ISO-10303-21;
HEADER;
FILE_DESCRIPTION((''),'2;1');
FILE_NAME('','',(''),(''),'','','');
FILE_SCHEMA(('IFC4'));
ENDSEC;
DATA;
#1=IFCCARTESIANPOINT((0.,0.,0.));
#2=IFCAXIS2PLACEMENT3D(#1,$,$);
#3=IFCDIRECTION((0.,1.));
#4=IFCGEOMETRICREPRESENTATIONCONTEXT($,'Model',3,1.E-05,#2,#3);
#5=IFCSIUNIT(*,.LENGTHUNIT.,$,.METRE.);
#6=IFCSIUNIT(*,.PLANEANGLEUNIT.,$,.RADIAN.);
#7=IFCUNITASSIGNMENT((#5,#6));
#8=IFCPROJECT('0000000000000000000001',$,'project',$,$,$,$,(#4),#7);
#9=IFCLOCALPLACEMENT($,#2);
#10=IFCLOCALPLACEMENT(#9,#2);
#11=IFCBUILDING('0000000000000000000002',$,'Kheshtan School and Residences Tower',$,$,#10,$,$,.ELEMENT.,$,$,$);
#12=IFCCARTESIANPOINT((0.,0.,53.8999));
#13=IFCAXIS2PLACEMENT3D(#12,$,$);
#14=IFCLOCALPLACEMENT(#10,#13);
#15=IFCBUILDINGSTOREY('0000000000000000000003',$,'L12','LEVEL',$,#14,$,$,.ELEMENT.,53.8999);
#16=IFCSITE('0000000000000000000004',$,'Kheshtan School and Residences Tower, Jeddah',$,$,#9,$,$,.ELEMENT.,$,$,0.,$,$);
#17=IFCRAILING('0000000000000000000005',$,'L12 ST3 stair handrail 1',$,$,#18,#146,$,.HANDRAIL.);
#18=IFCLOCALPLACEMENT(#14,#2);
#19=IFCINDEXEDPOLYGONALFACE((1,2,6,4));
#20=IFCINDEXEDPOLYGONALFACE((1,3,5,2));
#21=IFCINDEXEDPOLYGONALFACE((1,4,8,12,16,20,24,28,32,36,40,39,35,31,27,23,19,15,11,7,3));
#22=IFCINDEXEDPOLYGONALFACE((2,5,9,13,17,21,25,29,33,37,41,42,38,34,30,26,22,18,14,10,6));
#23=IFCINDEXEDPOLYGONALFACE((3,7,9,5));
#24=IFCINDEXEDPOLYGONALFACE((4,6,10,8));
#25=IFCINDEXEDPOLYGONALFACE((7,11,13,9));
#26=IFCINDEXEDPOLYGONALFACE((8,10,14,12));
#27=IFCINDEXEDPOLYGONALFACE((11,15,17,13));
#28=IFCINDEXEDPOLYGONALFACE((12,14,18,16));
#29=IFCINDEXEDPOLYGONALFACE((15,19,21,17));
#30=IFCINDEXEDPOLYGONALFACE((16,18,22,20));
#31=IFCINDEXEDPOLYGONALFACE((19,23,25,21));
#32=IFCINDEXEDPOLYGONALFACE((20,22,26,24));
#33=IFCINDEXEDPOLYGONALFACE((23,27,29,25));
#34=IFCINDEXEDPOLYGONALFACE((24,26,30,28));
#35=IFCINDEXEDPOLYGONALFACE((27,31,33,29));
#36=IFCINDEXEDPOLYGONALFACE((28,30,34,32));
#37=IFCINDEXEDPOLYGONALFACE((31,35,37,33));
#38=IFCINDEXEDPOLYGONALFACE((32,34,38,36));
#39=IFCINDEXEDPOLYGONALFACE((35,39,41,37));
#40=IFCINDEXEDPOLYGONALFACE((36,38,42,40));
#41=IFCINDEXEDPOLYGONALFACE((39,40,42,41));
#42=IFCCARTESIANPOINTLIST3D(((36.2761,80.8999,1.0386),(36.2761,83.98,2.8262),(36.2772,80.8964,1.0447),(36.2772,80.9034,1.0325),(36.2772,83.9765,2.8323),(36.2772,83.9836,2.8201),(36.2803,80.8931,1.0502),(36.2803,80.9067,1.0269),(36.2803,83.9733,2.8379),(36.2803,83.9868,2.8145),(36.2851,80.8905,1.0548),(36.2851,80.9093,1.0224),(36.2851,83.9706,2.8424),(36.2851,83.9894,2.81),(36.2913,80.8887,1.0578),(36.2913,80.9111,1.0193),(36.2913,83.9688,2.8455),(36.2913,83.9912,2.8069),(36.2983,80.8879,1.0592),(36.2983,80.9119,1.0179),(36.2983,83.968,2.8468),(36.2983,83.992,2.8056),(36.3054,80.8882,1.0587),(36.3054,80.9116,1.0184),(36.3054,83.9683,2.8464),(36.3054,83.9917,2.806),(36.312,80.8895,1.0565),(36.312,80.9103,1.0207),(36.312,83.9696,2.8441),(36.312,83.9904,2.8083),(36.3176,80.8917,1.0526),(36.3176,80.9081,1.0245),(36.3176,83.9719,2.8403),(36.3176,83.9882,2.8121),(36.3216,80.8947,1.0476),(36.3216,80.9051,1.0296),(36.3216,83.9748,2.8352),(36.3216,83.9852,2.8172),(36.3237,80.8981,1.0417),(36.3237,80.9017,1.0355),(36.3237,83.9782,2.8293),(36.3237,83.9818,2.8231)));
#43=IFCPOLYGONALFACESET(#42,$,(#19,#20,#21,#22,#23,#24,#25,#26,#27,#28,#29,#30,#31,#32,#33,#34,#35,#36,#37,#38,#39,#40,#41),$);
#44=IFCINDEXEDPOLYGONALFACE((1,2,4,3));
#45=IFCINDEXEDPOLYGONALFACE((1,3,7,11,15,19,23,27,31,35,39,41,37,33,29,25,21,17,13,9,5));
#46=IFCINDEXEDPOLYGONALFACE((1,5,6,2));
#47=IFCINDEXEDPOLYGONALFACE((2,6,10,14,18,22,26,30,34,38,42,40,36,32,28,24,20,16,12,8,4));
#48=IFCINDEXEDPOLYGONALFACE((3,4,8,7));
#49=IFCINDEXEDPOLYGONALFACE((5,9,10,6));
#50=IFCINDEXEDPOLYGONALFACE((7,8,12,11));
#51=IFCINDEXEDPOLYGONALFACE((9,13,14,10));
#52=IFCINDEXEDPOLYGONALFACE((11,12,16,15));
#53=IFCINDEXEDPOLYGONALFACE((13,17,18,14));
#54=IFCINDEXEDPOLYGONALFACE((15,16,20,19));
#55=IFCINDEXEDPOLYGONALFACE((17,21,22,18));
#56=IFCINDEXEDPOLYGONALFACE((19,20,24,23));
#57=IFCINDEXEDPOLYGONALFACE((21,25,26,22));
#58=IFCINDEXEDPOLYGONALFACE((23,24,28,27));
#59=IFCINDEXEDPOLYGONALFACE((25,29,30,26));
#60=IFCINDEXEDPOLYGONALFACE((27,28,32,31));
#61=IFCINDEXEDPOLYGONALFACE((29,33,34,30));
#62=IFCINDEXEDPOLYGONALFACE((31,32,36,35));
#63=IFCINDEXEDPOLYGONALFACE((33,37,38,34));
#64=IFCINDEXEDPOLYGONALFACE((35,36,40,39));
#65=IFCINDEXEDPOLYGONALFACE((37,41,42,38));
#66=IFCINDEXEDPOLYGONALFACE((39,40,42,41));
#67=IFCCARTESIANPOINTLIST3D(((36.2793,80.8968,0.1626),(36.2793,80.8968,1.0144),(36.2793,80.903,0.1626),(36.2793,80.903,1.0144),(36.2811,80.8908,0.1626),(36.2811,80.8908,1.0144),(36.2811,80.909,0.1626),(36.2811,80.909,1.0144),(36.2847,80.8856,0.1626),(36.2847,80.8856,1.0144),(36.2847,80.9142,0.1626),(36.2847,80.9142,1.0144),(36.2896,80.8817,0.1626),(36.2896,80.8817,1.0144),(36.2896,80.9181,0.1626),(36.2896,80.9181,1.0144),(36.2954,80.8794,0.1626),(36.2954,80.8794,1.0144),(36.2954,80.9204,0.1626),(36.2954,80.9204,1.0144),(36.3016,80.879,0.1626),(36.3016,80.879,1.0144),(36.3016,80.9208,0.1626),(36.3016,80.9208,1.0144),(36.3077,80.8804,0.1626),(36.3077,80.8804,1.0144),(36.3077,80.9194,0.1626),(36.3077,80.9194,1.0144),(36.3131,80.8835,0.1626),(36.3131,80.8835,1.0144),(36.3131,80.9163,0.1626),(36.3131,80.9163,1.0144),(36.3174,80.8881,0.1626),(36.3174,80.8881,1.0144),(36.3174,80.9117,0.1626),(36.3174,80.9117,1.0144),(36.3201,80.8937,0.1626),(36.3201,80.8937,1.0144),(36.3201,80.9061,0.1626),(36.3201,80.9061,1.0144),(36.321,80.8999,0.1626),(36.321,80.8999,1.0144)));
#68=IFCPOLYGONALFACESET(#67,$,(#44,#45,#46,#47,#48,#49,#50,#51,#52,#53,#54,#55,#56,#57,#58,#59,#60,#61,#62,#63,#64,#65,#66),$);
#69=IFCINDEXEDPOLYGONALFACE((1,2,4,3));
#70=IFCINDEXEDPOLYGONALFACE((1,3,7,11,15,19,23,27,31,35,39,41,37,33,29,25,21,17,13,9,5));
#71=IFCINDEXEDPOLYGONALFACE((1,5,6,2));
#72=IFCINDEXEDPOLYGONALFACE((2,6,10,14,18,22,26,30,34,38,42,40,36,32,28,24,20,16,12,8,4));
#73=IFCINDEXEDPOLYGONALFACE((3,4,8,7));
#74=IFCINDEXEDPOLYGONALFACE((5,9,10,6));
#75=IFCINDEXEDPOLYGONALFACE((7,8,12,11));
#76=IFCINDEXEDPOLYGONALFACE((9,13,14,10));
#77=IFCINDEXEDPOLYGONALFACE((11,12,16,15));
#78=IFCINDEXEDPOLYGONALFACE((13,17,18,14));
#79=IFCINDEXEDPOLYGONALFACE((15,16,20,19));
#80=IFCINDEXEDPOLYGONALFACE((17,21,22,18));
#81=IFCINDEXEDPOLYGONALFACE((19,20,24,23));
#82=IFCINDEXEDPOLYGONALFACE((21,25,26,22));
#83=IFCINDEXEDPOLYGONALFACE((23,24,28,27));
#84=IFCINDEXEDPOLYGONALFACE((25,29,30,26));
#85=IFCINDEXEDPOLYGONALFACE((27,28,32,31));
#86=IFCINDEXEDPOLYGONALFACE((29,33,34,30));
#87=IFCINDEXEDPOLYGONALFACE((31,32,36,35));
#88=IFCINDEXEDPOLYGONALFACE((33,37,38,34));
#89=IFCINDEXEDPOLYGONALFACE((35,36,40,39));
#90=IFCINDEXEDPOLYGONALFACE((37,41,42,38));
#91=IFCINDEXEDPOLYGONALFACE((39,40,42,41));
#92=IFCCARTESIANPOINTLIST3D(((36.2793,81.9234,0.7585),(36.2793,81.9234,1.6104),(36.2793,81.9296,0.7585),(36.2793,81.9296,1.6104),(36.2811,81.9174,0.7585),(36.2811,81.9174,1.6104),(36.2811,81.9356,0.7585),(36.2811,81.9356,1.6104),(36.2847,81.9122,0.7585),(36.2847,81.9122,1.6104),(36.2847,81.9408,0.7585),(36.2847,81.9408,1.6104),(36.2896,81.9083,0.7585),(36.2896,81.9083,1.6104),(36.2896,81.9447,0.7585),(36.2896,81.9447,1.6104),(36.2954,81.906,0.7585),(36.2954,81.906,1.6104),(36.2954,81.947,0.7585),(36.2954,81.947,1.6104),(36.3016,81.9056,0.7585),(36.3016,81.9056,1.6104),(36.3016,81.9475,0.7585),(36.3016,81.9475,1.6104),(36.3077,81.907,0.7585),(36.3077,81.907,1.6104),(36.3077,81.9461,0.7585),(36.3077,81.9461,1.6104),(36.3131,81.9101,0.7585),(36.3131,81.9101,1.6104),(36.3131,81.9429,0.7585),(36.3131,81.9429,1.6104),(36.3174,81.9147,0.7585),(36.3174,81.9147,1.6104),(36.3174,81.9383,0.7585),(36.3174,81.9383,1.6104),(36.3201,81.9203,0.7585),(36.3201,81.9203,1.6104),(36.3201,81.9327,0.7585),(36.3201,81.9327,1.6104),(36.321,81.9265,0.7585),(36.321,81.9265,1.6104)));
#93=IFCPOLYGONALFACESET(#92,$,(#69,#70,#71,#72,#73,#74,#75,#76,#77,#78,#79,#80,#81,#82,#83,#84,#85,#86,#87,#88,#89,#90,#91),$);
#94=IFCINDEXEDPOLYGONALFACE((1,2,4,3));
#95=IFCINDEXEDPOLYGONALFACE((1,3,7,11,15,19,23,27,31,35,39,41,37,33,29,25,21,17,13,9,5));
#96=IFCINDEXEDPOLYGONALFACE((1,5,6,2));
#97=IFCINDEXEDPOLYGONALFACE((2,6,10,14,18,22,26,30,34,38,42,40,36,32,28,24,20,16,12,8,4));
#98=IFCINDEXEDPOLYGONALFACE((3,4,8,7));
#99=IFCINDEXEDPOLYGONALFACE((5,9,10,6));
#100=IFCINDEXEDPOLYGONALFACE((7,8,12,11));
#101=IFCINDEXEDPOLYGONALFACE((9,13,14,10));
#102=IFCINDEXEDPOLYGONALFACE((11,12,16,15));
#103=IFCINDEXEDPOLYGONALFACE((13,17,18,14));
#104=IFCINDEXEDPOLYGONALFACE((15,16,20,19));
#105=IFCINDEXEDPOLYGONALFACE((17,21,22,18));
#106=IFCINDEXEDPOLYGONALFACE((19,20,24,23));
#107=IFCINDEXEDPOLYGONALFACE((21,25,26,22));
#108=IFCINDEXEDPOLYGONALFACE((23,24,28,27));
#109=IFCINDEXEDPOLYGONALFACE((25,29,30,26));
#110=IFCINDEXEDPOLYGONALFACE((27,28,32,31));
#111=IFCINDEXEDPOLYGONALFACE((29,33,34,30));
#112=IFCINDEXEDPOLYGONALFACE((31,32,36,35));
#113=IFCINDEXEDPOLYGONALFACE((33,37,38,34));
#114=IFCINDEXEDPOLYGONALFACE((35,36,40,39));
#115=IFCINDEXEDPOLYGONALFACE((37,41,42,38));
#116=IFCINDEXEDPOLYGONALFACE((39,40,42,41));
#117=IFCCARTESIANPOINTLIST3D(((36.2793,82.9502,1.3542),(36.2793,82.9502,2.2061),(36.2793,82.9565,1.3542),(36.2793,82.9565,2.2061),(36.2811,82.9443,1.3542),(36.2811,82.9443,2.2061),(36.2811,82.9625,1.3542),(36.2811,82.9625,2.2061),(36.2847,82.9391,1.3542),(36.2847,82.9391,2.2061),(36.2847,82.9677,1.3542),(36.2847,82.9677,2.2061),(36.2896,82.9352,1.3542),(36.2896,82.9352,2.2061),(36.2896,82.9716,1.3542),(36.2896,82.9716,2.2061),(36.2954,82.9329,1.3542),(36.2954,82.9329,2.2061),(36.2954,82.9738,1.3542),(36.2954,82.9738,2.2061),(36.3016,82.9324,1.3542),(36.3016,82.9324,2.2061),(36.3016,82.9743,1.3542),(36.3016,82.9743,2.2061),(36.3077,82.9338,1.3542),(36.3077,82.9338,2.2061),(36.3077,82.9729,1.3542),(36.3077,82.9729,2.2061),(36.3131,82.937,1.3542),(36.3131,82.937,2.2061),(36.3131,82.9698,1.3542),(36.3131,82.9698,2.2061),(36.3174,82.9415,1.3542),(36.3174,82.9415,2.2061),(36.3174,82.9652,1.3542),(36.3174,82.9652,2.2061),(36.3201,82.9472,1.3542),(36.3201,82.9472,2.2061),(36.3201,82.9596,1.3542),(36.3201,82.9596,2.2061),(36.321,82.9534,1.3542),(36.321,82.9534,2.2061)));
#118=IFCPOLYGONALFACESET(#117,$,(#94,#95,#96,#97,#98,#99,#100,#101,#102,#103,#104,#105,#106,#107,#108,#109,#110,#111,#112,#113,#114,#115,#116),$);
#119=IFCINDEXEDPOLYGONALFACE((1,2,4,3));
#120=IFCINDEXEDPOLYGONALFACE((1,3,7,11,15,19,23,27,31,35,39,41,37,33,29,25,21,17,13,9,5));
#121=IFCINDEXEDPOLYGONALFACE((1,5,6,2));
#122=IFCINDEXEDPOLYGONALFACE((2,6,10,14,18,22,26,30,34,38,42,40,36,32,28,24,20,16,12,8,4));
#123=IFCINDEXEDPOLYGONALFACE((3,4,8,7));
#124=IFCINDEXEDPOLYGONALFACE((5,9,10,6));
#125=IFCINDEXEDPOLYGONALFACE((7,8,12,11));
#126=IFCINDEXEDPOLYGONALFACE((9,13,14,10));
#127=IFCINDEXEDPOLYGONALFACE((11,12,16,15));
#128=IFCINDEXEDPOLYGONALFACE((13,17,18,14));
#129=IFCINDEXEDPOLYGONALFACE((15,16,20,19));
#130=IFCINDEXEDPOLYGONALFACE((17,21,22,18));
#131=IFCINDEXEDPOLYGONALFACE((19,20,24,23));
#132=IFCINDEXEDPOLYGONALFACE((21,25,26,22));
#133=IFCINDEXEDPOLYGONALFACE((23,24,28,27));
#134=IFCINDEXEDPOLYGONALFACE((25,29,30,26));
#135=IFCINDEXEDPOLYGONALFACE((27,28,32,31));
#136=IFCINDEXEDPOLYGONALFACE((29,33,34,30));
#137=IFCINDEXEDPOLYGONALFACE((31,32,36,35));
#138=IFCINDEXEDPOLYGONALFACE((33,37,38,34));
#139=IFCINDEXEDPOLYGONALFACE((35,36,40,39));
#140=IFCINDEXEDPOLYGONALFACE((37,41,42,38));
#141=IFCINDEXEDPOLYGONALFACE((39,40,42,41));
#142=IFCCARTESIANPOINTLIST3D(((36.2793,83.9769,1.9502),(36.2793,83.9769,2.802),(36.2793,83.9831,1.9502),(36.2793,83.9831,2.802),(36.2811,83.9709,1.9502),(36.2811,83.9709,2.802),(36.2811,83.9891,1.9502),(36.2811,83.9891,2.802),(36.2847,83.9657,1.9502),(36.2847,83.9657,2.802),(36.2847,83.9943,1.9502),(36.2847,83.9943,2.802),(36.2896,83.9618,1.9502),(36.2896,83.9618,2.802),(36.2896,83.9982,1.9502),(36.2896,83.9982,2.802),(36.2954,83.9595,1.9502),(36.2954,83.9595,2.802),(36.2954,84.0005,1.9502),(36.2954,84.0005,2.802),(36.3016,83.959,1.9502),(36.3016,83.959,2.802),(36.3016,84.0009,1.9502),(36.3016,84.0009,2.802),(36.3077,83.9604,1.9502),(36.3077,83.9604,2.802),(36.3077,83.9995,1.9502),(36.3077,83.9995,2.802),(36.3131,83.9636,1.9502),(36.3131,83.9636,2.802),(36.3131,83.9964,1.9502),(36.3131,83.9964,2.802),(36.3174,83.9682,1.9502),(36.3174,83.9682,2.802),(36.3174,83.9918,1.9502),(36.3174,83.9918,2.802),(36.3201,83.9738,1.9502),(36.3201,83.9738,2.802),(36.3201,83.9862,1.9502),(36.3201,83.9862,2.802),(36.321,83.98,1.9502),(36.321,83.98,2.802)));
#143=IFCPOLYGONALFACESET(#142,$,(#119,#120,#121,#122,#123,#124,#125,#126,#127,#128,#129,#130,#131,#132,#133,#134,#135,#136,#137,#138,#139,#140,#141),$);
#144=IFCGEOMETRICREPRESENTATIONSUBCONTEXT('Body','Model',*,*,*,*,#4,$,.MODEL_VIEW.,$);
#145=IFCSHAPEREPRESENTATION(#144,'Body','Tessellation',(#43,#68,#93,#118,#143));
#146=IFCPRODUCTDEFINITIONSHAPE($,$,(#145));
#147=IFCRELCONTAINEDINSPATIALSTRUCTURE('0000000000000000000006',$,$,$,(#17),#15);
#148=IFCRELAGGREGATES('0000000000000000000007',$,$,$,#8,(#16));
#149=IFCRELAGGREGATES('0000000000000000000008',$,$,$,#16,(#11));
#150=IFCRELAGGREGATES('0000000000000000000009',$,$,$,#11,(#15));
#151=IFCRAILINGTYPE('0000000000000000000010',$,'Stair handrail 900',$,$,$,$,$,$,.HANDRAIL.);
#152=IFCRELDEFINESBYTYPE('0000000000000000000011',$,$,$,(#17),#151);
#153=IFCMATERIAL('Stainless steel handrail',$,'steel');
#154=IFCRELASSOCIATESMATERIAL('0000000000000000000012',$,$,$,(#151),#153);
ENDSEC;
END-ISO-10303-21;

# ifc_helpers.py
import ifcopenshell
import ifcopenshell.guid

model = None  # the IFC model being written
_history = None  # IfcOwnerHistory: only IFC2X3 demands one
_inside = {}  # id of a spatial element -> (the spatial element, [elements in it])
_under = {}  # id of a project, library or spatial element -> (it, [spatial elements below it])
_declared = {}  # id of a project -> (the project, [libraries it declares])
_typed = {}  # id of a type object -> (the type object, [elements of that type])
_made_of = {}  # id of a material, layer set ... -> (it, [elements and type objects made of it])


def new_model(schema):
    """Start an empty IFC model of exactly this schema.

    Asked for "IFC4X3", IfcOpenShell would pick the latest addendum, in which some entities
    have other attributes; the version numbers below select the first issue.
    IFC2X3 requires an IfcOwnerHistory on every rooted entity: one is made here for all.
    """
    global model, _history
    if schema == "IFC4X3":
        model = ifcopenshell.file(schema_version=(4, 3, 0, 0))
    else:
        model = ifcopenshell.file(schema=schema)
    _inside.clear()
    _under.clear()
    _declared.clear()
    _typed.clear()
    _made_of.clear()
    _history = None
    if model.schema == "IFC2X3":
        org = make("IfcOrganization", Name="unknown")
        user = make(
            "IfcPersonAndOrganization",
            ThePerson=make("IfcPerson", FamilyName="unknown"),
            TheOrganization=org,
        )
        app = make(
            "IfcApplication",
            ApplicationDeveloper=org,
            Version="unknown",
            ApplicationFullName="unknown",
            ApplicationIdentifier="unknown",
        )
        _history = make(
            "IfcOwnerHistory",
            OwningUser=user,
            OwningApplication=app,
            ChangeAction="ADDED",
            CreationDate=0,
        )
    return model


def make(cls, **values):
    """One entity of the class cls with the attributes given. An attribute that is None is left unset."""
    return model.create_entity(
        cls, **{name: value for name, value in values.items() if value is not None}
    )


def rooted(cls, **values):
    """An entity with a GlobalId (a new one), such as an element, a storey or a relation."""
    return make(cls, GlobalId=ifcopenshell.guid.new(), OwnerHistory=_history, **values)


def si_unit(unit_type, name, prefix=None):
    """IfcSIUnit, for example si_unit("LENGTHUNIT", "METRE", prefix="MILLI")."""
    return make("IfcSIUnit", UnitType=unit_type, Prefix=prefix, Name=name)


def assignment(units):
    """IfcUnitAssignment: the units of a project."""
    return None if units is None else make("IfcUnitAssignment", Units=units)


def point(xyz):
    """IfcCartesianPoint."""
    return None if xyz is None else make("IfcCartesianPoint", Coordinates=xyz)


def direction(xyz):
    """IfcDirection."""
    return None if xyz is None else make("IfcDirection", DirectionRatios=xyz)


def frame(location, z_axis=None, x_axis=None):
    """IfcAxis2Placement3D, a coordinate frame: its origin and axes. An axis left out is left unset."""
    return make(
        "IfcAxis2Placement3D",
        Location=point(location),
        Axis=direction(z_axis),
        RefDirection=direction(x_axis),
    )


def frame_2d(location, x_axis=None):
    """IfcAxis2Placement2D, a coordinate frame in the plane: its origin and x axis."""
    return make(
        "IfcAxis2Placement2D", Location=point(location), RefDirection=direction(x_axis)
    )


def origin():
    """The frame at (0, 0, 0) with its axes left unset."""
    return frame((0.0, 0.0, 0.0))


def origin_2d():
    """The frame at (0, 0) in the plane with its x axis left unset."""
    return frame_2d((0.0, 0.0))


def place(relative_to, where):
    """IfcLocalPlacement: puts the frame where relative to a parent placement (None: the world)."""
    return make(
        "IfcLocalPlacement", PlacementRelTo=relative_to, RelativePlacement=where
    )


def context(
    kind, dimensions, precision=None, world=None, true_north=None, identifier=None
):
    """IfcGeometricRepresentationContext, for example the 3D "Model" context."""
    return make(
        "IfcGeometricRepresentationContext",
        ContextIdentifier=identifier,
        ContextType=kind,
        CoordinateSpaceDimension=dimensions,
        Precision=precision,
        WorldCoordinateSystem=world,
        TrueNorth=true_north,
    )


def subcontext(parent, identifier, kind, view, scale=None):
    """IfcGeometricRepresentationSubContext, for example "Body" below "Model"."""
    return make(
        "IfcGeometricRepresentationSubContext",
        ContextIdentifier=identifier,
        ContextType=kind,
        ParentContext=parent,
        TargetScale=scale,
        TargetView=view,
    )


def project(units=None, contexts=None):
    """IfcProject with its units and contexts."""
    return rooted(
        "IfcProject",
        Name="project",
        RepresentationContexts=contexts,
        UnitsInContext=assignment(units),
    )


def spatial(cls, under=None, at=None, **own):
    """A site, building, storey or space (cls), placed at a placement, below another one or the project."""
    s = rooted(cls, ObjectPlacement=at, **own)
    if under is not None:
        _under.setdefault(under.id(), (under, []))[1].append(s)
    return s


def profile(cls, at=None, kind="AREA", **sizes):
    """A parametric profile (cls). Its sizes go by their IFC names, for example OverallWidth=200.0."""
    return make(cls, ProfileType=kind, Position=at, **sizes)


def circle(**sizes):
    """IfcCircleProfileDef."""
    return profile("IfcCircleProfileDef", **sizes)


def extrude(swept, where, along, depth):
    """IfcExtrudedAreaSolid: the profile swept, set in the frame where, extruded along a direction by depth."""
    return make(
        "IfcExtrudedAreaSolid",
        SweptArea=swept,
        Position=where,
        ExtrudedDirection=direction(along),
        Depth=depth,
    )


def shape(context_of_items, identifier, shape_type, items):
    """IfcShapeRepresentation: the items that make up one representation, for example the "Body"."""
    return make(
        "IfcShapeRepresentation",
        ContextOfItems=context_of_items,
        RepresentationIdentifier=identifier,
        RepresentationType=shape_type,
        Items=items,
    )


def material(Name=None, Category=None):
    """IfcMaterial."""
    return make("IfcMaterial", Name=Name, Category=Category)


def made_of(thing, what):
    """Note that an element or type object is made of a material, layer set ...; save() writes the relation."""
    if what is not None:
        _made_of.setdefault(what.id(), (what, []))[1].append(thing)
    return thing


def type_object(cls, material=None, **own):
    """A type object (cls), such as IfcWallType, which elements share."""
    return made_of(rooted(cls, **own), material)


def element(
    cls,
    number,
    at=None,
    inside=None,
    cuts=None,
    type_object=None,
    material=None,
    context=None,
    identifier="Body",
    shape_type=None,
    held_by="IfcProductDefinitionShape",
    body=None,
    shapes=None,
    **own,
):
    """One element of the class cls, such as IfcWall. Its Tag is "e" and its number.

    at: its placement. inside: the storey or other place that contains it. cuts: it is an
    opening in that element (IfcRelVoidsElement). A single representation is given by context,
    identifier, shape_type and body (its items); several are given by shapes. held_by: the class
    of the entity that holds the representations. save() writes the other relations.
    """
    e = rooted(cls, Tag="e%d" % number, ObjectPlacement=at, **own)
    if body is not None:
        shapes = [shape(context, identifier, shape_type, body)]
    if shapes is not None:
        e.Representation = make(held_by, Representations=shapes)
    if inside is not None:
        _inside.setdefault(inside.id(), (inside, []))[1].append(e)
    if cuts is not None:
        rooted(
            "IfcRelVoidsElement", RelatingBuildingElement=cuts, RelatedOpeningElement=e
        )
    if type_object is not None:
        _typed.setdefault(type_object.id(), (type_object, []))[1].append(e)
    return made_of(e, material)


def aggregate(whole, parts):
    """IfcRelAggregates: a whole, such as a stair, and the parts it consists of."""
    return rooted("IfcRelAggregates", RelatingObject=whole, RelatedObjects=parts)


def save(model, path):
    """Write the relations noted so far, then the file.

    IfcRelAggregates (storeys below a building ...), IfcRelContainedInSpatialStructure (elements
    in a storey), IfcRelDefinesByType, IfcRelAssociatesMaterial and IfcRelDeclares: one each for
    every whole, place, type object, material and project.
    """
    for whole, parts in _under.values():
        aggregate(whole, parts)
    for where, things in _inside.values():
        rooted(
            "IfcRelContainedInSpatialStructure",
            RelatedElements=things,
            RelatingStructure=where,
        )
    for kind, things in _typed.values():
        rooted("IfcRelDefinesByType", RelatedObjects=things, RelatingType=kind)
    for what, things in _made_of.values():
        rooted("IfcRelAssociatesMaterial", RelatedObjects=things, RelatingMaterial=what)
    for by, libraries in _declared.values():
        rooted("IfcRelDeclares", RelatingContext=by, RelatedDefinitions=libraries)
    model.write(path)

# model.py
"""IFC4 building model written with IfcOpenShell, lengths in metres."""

from ifc_helpers import new_model, si_unit, direction, frame, origin, origin_2d, place, context, subcontext, project, spatial, circle, extrude, material, type_object, element, save


model = new_model("IFC4")

# Units and contexts
model_context = context("Model", 3, precision=1e-05, world=origin(), true_north=direction((0.0, 1.0)))
body_context = subcontext(model_context, "Body", "Model", "MODEL_VIEW")
ifc_project = project(units=[si_unit("LENGTHUNIT", "METRE"), si_unit("PLANEANGLEUNIT", "RADIAN")], contexts=[model_context])

# Site, building, storey
site_placement = place(None, origin())
site = spatial("IfcSite", under=ifc_project, at=site_placement, Name="Kheshtan School and Residences Tower, Jeddah", CompositionType="ELEMENT", RefElevation=0.0)
building_placement = place(site_placement, origin())
building = spatial("IfcBuilding", under=site, at=building_placement, Name="Kheshtan School and Residences Tower", CompositionType="ELEMENT")
storey_placement = place(building_placement, frame((0.0, 0.0, 53.8999)))
storey = spatial("IfcBuildingStorey", under=building, at=storey_placement, Name="L12", Description="LEVEL", CompositionType="ELEMENT", Elevation=53.8999)

# Railing
ifc_material_1 = material(Name="Stainless steel handrail", Category="steel")
railing_type_1 = type_object("IfcRailingType", Name="Stair handrail 900", PredefinedType="HANDRAIL", material=ifc_material_1)
railing_1_placement = place(storey_placement, frame((36.3, 80.8999, 0.1626)))
element("IfcRailing", 1, at=railing_1_placement, inside=storey, type_object=railing_type_1, Name="L12 ST3 stair handrail 1", PredefinedType="HANDRAIL", context=body_context, shape_type="SweptSolid", body=[
    extrude(circle(Radius=0.0239, at=origin_2d()), frame((0.0, 0.0, 0.876), z_axis=(0.0, 0.864891, 0.50196), x_axis=(-1.0, 0.0, 0.0)), (0.0, 0.0, 1.0), 3.5613),
    extrude(circle(Radius=0.021, at=origin_2d()), origin(), (0.0, 0.0, 1.0), 0.8518),
    extrude(circle(Radius=0.021, at=origin_2d()), frame((0.0, 1.0266, 0.5959)), (0.0, 0.0, 1.0), 0.8518),
    extrude(circle(Radius=0.021, at=origin_2d()), frame((0.0, 2.0535, 1.1917)), (0.0, 0.0, 1.0), 0.8518),
    extrude(circle(Radius=0.021, at=origin_2d()), frame((0.0, 3.0801, 1.7876)), (0.0, 0.0, 1.0), 0.8518),
])

save(model, "model.ifc")
